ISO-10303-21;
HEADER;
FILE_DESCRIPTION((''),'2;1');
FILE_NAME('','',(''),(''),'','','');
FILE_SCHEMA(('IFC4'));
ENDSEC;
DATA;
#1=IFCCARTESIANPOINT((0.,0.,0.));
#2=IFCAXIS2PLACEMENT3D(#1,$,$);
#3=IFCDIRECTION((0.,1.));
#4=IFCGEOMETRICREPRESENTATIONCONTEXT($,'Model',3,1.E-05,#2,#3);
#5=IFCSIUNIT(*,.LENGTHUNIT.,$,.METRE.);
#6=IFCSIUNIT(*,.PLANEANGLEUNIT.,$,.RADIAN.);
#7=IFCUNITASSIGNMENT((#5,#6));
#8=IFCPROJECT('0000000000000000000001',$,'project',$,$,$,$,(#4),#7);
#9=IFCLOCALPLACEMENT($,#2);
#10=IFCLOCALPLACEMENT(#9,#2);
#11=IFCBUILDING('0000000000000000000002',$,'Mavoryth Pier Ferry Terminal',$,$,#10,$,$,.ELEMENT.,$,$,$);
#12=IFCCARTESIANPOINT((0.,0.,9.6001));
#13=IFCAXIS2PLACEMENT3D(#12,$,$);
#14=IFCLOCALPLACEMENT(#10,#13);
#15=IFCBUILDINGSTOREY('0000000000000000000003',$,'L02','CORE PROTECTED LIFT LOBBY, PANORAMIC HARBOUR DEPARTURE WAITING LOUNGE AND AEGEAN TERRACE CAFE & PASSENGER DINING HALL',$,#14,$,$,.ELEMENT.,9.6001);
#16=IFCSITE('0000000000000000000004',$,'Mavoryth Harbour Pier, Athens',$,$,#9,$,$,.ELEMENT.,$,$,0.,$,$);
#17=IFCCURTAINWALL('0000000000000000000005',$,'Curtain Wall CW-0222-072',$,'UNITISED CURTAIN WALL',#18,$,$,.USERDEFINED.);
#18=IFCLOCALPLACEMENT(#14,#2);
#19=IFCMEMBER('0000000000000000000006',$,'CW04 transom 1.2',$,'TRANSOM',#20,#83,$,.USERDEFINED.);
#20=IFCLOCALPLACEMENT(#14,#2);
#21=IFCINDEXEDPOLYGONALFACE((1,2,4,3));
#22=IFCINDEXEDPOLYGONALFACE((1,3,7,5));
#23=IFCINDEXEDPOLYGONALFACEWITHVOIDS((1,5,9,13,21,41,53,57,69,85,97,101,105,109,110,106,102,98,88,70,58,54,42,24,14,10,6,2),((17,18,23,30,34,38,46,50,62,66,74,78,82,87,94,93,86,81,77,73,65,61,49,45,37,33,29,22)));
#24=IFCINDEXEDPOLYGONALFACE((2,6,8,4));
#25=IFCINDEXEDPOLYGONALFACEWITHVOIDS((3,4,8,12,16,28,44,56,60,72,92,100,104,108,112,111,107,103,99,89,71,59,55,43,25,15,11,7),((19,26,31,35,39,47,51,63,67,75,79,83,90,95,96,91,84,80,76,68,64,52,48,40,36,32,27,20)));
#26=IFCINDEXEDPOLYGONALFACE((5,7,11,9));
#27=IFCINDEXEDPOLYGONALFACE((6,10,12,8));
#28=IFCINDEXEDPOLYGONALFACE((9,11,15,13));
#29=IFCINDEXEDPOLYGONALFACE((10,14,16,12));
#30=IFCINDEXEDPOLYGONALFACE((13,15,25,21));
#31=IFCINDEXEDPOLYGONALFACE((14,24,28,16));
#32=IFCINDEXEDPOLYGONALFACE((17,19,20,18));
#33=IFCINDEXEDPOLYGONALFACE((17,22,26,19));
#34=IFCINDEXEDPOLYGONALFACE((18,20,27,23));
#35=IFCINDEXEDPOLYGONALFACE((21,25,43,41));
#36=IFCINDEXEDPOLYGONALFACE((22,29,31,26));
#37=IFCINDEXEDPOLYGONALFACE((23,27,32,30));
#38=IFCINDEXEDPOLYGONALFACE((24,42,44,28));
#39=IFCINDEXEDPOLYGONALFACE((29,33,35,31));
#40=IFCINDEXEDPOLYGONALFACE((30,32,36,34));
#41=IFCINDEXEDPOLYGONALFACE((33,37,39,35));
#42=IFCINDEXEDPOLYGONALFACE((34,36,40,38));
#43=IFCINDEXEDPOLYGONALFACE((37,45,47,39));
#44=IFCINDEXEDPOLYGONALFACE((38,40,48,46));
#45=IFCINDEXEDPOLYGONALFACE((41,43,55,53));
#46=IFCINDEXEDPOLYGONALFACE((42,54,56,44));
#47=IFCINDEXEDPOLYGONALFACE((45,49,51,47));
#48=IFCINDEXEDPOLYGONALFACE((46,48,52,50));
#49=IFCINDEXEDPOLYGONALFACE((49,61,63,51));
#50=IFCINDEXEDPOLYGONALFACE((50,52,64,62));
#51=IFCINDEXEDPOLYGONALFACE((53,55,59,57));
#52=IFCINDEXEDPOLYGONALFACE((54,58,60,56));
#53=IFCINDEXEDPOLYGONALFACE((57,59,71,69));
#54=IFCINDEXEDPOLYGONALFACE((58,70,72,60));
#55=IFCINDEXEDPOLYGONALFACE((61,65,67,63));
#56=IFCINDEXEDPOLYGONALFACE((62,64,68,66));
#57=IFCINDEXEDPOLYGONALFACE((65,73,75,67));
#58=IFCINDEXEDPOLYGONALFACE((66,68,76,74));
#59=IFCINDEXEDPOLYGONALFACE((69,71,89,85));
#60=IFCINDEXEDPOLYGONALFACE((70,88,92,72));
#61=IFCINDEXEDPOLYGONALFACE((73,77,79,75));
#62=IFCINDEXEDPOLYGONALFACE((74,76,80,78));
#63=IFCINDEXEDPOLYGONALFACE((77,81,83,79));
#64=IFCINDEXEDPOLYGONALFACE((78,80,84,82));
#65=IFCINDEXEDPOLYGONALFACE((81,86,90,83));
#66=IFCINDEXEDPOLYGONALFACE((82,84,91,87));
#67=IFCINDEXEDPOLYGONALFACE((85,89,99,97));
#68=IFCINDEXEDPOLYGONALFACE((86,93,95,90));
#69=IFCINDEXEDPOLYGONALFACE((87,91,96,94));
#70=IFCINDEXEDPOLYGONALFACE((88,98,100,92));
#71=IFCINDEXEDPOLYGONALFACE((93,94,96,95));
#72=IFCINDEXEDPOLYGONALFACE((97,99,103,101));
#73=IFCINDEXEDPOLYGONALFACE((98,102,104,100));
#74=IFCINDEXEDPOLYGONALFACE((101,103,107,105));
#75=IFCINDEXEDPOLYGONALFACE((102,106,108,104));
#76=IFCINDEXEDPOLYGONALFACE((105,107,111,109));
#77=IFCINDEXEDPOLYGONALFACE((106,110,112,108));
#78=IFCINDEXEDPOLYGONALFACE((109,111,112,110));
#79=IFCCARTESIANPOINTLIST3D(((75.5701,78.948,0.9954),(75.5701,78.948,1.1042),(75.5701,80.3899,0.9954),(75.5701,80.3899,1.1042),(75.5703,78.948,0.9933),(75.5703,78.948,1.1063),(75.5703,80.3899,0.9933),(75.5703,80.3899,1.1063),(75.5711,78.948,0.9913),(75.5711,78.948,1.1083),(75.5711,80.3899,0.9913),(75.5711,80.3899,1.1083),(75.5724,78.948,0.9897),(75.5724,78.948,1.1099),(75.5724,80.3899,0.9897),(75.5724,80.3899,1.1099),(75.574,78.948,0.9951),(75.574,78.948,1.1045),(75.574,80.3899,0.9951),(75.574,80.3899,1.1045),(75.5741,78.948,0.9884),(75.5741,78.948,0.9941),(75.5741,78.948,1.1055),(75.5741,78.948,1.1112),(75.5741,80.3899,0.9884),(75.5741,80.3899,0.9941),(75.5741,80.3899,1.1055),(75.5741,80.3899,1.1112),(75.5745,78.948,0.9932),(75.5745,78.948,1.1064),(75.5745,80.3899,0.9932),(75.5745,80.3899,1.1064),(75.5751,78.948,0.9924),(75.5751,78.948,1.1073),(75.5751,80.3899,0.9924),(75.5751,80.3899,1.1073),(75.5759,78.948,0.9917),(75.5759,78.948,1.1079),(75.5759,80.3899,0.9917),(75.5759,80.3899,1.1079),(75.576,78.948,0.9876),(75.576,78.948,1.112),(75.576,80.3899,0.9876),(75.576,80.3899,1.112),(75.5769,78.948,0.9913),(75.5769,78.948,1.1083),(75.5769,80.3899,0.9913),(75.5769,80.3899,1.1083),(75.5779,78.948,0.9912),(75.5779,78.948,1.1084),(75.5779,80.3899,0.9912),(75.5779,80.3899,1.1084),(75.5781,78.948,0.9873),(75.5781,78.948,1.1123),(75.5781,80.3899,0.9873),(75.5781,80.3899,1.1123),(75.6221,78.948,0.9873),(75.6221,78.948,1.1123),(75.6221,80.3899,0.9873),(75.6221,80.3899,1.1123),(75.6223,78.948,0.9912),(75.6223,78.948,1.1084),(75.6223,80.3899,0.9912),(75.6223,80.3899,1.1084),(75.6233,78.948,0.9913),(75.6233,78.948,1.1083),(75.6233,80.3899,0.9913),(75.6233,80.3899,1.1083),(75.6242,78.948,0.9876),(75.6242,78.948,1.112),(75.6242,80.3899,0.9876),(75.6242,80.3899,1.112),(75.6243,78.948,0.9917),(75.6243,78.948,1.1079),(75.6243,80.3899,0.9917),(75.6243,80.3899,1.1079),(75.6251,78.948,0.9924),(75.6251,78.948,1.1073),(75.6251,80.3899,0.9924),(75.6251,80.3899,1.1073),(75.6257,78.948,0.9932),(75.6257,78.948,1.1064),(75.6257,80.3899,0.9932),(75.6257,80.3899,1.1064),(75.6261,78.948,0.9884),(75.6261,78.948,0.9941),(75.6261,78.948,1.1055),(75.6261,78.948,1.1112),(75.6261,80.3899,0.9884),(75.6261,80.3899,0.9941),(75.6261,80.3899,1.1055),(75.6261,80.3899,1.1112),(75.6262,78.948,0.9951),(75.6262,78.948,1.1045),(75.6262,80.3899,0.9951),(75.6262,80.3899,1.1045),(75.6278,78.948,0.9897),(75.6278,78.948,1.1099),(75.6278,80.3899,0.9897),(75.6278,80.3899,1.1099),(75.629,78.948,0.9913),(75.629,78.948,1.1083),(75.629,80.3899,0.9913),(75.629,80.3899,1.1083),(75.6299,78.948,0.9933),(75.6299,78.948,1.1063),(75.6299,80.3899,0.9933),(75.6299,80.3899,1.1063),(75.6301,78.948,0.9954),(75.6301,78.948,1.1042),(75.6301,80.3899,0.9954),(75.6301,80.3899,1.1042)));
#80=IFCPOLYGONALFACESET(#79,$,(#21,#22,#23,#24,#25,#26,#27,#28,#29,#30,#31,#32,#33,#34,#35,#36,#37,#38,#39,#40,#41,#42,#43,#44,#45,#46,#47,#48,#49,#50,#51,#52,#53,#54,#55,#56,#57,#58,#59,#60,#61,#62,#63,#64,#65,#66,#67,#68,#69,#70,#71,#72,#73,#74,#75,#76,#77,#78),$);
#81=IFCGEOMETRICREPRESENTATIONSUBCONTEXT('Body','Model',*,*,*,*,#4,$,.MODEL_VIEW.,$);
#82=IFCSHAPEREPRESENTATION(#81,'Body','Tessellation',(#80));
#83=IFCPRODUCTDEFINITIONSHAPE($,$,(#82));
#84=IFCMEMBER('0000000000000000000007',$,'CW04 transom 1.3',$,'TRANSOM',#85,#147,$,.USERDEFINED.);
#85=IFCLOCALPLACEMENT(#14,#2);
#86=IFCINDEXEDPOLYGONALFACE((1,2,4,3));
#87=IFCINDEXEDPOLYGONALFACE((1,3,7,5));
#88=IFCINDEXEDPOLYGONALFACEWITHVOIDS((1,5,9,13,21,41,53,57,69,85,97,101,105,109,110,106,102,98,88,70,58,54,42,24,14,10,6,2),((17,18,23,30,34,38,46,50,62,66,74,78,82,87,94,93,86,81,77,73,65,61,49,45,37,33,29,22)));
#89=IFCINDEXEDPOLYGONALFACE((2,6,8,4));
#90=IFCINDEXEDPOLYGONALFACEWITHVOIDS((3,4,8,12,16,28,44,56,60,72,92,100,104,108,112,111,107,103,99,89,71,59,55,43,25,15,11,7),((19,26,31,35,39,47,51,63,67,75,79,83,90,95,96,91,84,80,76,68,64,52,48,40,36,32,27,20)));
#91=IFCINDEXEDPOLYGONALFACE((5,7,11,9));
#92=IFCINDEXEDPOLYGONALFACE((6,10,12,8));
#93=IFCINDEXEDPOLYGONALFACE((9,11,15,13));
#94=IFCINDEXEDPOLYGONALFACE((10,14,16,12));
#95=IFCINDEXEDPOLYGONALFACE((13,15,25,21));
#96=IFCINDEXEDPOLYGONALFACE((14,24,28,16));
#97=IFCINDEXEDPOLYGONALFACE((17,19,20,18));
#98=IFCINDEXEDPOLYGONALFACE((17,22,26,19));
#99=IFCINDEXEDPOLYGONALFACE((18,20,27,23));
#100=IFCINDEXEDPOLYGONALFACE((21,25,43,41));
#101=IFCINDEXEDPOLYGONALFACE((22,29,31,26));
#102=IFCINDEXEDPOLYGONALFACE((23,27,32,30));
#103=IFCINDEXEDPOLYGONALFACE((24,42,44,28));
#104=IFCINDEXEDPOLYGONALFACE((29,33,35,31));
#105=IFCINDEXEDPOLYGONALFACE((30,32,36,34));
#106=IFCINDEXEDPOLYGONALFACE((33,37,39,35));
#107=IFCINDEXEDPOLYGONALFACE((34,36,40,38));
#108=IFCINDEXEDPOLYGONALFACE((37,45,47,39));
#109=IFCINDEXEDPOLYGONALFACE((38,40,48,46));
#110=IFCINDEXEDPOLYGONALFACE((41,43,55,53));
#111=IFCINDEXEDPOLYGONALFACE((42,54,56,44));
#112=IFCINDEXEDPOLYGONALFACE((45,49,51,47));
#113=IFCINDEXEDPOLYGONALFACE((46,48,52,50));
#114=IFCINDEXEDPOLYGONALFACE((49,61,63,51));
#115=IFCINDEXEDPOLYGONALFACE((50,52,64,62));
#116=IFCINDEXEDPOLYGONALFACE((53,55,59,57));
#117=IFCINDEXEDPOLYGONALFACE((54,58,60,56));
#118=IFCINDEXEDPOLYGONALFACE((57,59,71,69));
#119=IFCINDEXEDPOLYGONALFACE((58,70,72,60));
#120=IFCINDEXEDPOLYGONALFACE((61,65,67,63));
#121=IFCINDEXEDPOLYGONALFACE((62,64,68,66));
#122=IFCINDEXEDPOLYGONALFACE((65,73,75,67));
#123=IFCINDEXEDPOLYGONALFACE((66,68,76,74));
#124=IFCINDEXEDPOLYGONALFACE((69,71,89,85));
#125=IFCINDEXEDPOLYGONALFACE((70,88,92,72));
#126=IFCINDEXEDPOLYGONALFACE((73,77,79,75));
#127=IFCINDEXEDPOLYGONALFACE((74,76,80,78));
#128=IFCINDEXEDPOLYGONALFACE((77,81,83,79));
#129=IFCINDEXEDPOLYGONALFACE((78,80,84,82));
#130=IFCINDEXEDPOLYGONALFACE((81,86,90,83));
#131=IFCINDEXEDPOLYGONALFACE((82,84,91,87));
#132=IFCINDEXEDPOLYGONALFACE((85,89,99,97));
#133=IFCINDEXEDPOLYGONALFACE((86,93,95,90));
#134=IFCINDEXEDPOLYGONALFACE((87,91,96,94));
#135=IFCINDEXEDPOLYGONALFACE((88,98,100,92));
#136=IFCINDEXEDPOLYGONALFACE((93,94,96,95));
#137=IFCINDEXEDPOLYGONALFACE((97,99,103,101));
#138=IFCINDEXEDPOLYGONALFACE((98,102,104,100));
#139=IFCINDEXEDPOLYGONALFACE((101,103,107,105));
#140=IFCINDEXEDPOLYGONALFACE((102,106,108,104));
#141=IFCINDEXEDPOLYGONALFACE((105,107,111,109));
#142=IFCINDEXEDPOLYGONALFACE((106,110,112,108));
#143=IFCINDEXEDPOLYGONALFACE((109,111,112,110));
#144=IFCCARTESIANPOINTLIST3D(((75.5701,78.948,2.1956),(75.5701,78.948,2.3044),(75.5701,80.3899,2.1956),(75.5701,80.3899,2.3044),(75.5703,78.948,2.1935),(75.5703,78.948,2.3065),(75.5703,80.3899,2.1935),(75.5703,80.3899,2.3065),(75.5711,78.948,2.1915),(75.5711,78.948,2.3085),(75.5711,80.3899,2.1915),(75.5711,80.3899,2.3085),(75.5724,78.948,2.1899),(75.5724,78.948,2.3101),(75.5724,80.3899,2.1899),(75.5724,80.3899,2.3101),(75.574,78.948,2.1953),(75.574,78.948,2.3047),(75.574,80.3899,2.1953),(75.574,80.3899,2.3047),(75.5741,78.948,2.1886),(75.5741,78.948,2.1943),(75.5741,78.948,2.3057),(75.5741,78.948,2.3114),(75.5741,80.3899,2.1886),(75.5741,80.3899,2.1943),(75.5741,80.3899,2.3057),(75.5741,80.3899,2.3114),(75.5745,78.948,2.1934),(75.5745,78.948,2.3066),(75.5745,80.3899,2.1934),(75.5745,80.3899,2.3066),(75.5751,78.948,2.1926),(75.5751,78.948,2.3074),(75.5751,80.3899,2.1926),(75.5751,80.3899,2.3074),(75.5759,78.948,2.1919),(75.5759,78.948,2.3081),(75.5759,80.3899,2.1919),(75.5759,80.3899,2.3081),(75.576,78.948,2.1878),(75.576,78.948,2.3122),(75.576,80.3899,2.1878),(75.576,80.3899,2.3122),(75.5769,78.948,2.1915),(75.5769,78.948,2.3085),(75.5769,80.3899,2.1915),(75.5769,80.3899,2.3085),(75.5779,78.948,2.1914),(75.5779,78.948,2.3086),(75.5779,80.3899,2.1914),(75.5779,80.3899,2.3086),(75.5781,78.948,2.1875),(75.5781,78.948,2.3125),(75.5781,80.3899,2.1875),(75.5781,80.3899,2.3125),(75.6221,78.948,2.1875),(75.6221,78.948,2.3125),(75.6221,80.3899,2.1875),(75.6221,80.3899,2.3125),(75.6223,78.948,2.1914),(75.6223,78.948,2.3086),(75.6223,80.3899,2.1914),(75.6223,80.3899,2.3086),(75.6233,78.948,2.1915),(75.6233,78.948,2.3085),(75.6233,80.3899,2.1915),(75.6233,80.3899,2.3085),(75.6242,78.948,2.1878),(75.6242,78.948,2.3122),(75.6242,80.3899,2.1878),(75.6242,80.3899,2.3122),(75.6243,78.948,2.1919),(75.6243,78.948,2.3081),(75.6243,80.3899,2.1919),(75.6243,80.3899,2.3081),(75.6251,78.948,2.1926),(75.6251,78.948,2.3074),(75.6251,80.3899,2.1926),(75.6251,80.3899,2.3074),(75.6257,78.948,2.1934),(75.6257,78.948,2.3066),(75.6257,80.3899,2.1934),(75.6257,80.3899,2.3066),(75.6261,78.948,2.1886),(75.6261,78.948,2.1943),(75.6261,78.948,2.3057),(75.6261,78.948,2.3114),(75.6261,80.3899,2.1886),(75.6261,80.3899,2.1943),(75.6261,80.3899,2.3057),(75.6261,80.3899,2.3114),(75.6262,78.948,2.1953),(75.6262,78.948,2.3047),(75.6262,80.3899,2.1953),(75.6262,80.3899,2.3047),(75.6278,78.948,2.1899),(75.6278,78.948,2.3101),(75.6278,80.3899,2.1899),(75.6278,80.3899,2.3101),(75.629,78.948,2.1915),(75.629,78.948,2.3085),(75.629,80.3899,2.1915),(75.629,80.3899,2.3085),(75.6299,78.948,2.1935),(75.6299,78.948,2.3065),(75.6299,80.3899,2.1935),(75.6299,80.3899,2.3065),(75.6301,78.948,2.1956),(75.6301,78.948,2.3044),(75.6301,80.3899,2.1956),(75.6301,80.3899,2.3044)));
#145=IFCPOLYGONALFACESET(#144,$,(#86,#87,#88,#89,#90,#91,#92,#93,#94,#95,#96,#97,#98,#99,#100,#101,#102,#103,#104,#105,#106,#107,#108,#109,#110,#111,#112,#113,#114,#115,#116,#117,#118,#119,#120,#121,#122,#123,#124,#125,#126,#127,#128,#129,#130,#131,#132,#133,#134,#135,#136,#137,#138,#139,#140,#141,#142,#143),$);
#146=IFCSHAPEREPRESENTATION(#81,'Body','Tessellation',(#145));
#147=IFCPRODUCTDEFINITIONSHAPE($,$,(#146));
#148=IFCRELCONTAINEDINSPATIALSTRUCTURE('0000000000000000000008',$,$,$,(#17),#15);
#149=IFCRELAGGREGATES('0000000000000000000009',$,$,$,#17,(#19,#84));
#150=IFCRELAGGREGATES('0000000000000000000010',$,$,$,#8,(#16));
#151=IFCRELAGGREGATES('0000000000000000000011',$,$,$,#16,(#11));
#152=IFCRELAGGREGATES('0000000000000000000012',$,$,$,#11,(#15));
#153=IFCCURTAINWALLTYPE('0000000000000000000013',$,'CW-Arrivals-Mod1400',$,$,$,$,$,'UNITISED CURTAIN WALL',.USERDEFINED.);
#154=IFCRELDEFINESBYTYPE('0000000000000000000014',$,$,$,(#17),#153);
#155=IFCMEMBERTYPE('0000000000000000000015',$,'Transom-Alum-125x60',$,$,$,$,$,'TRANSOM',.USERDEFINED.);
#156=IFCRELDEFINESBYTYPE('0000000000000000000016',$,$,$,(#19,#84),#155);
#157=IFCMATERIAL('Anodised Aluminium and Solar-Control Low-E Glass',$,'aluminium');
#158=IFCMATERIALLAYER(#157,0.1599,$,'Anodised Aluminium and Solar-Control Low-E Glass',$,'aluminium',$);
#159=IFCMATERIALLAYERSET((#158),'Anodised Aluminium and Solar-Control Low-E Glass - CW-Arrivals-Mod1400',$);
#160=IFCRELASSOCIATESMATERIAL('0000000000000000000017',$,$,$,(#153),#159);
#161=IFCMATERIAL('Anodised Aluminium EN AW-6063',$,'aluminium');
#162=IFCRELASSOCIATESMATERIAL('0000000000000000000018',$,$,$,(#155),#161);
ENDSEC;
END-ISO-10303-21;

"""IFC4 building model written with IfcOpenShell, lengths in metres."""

from ifc_helpers import new_model, si_unit, direction, frame, origin, origin_2d, place, context, subcontext, project, spatial, hollow_rectangle, extrude, material, layer, layer_set, material_profile, profile_set, type_object, element, aggregate, save


model = new_model("IFC4")

# Units and contexts
model_context = context("Model", 3, precision=1e-05, world=origin(), true_north=direction((0.0, 1.0)))
body_context = subcontext(model_context, "Body", "Model", "MODEL_VIEW")
ifc_project = project(units=[si_unit("LENGTHUNIT", "METRE"), si_unit("PLANEANGLEUNIT", "RADIAN")], contexts=[model_context])

# Site, building, storey
site_placement = place(None, origin())
site = spatial("IfcSite", under=ifc_project, at=site_placement, Name="Mavoryth Harbour Pier, Athens", CompositionType="ELEMENT", RefElevation=0.0)
building_placement = place(site_placement, origin())
building = spatial("IfcBuilding", under=site, at=building_placement, Name="Mavoryth Pier Ferry Terminal", CompositionType="ELEMENT")
storey_placement = place(building_placement, frame((0.0, 0.0, 9.6001)))
storey = spatial("IfcBuildingStorey", under=building, at=storey_placement, Name="L02", Description="CORE PROTECTED LIFT LOBBY, PANORAMIC HARBOUR DEPARTURE WAITING LOUNGE AND AEGEAN TERRACE CAFE & PASSENGER DINING HALL", CompositionType="ELEMENT", Elevation=9.6001)

# Curtain wall
ifc_material_1 = material(Name="Anodised Aluminium and Solar-Control Low-E Glass", Category="aluminium")
ifc_layer_1 = layer(ifc_material_1, 0.1599, Name="Anodised Aluminium and Solar-Control Low-E Glass", Category="aluminium")
ifc_layer_set_1 = layer_set([ifc_layer_1], Name="Anodised Aluminium and Solar-Control Low-E Glass - CW-Arrivals-Mod1400")
curtain_wall_type = type_object("IfcCurtainWallType", Name="CW-Arrivals-Mod1400", ElementType="UNITISED CURTAIN WALL", PredefinedType="USERDEFINED", material=ifc_layer_set_1)
curtain_wall_1_placement = place(storey_placement, origin())
curtain_wall_1 = element("IfcCurtainWall", 1, at=curtain_wall_1_placement, inside=storey, type_object=curtain_wall_type, Name="Curtain Wall CW-0222-072", ObjectType="UNITISED CURTAIN WALL", PredefinedType="USERDEFINED")
ifc_material_2 = material(Name="Anodised Aluminium EN AW-6063", Category="aluminium")

# Members
ifc_material_profile_1 = material_profile(ifc_material_2, hollow_rectangle(XDim=0.0601, YDim=0.125, WallThickness=0.0039, InnerFilletRadius=0.0039, OuterFilletRadius=0.0081, at=origin_2d()), Name="AL-TRAN 125x60x4", Category="aluminium")
ifc_profile_set_1 = profile_set([ifc_material_profile_1], Name="Anodised Aluminium EN AW-6063 - AL-TRAN 125x60x4")
member_type_1 = type_object("IfcMemberType", Name="Transom-Alum-125x60", ElementType="TRANSOM", PredefinedType="USERDEFINED", material=ifc_profile_set_1)
member_1_placement = place(storey_placement, frame((75.6001, 80.3899, 1.0498), z_axis=(0.0, -1.0, 0.0), x_axis=(1.0, 0.0, 0.0)))
member_1 = element("IfcMember", 2, at=member_1_placement, type_object=member_type_1, Name="CW04 transom 1.2", ObjectType="TRANSOM", PredefinedType="USERDEFINED", context=body_context, shape_type="SweptSolid", body=[
    extrude(hollow_rectangle(XDim=0.0601, YDim=0.125, WallThickness=0.0039, InnerFilletRadius=0.0039, OuterFilletRadius=0.0081, at=origin_2d()), origin(), (0.0, 0.0, 1.0), 1.4419),
])
member_2_placement = place(storey_placement, frame((75.6001, 80.3899, 2.25), z_axis=(0.0, -1.0, 0.0), x_axis=(1.0, 0.0, 0.0)))
member_2 = element("IfcMember", 3, at=member_2_placement, type_object=member_type_1, Name="CW04 transom 1.3", ObjectType="TRANSOM", PredefinedType="USERDEFINED", context=body_context, shape_type="SweptSolid", body=[
    extrude(hollow_rectangle(XDim=0.0601, YDim=0.125, WallThickness=0.0039, InnerFilletRadius=0.0039, OuterFilletRadius=0.0081, at=origin_2d()), origin(), (0.0, 0.0, 1.0), 1.4419),
])
aggregate(curtain_wall_1, [member_1, member_2])

save(model, "model.ifc")
